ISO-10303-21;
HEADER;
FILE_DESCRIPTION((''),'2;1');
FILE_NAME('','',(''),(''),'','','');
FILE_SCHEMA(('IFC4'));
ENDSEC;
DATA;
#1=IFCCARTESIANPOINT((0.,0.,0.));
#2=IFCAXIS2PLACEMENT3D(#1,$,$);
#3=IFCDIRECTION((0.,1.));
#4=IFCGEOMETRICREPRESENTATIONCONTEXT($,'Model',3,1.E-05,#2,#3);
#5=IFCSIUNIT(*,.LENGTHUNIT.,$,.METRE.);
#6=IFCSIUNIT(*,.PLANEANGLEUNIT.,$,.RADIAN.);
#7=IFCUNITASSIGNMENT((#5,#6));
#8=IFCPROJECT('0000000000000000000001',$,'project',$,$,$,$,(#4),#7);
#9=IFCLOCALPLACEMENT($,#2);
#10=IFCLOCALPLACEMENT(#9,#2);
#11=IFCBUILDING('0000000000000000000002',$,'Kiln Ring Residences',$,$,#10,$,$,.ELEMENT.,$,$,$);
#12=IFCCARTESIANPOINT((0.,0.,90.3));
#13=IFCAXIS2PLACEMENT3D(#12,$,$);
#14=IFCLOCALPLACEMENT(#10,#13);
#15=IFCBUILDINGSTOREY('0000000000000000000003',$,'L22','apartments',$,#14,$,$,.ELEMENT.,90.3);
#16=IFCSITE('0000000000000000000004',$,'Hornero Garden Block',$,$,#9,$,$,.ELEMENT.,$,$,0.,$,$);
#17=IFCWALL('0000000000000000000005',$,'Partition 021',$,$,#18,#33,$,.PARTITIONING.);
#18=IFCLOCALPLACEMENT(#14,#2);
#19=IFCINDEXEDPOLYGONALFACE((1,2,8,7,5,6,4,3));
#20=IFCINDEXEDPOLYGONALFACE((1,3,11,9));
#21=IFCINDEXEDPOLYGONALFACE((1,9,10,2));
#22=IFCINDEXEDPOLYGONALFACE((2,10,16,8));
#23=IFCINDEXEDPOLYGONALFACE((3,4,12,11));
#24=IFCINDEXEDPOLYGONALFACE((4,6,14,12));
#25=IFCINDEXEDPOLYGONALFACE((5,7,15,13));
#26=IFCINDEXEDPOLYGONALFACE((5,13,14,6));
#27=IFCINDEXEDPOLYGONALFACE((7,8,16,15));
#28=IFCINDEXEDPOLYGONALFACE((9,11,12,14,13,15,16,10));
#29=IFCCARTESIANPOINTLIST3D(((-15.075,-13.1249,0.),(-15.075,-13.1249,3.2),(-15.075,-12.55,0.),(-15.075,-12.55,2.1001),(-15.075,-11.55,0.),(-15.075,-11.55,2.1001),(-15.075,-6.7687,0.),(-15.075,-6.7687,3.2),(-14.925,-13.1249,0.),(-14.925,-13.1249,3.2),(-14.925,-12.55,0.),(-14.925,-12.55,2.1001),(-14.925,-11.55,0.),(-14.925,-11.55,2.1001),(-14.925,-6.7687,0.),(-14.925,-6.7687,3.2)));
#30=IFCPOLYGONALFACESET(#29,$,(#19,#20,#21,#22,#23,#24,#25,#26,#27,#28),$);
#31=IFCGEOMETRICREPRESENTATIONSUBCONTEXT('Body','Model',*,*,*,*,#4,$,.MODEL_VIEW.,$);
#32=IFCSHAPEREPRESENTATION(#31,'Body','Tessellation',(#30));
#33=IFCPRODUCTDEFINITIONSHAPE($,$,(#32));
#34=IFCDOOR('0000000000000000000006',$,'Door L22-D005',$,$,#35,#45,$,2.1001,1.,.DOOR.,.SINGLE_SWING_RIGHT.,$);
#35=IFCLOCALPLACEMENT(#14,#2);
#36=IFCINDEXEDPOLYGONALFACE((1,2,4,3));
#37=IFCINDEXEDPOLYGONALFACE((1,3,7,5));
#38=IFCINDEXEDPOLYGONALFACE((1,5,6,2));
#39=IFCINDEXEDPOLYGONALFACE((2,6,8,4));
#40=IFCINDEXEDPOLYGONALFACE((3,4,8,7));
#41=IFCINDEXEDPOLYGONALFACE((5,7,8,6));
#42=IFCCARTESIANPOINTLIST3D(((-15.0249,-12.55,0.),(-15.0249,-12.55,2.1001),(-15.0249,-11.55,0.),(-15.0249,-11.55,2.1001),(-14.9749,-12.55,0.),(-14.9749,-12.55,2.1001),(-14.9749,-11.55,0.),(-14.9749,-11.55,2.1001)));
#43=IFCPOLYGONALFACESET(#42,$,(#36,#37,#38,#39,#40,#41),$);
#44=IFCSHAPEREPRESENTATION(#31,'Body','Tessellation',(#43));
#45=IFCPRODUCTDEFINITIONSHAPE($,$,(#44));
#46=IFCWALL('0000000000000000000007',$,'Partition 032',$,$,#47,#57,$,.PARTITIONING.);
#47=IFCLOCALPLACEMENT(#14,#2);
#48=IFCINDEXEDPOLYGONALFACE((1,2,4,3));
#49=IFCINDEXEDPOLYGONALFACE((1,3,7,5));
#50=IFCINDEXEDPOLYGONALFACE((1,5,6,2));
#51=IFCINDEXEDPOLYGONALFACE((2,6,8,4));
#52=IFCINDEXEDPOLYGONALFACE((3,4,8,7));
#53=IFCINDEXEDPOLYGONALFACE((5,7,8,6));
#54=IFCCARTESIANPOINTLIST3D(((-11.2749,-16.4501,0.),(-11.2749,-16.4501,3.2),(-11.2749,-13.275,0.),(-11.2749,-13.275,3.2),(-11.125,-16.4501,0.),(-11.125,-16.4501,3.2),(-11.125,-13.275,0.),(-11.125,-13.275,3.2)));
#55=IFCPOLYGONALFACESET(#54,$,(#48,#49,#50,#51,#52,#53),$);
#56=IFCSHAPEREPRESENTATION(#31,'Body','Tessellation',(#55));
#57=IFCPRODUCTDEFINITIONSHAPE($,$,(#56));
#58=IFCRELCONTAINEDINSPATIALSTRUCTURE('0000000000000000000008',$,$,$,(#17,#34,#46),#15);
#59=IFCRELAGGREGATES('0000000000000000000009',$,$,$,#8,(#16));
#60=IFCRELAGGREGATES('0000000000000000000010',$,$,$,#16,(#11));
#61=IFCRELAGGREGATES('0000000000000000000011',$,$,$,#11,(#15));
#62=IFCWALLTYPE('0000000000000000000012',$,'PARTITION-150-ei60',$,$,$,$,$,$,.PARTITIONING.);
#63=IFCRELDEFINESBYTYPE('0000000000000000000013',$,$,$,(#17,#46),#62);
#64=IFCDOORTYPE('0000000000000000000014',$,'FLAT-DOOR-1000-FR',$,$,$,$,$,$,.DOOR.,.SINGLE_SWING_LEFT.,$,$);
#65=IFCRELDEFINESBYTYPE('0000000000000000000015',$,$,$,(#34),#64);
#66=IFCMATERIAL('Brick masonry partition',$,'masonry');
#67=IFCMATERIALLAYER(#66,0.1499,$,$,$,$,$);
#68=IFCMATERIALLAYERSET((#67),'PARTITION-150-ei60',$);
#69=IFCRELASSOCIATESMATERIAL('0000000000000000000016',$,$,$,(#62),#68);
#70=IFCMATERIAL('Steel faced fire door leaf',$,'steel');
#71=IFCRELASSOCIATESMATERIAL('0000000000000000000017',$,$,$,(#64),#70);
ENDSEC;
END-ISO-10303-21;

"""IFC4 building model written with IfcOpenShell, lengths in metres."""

from ifc_helpers import new_model, si_unit, direction, frame, frame_2d, origin, place, context, subcontext, project, spatial, rectangle, extrude, material, layer, layer_set, type_object, element, fill, save


model = new_model("IFC4")

# Units and contexts
model_context = context("Model", 3, precision=1e-05, world=origin(), true_north=direction((0.0, 1.0)))
body_context = subcontext(model_context, "Body", "Model", "MODEL_VIEW")
ifc_project = project(units=[si_unit("LENGTHUNIT", "METRE"), si_unit("PLANEANGLEUNIT", "RADIAN")], contexts=[model_context])

# Site, building, storey
site_placement = place(None, origin())
site = spatial("IfcSite", under=ifc_project, at=site_placement, Name="Hornero Garden Block", CompositionType="ELEMENT", RefElevation=0.0)
building_placement = place(site_placement, origin())
building = spatial("IfcBuilding", under=site, at=building_placement, Name="Kiln Ring Residences", CompositionType="ELEMENT")
storey_placement = place(building_placement, frame((0.0, 0.0, 90.3)))
storey = spatial("IfcBuildingStorey", under=building, at=storey_placement, Name="L22", Description="apartments", CompositionType="ELEMENT", Elevation=90.3)

# Shared definitions
ifc_material_1 = material(Name="Brick masonry partition", Category="masonry")
ifc_layer_1 = layer(ifc_material_1, 0.1499)
ifc_layer_set_1 = layer_set([ifc_layer_1], Name="PARTITION-150-ei60")
wall_type_1 = type_object("IfcWallType", Name="PARTITION-150-ei60", PredefinedType="PARTITIONING", material=ifc_layer_set_1)
ifc_material_2 = material(Name="Steel faced fire door leaf", Category="steel")
door_type = type_object("IfcDoorType", Name="FLAT-DOOR-1000-FR", OperationType="SINGLE_SWING_LEFT", PredefinedType="DOOR", material=ifc_material_2)

# Wall, opening, door
wall_1_placement = place(storey_placement, frame((-15.0, -13.125, 0.0), z_axis=(0.0, 0.0, 1.0), x_axis=(0.0, 1.0, 0.0)))
wall_1 = element("IfcWall", 1, at=wall_1_placement, inside=storey, type_object=wall_type_1, Name="Partition 021", PredefinedType="PARTITIONING", context=body_context, shape_type="SweptSolid", body=[
    extrude(rectangle(XDim=6.3562, YDim=0.1499, at=frame_2d((3.1782, 0.0))), origin(), (0.0, 0.0, 1.0), 3.2),
])
opening_1_placement = place(wall_1_placement, frame((0.575, 0.0, 0.0)))
opening_1 = element("IfcOpeningElement", 2, at=opening_1_placement, cuts=wall_1, PredefinedType="OPENING", context=body_context, shape_type="SweptSolid", body=[
    extrude(rectangle(XDim=1.0, YDim=2.1001, at=frame_2d((0.5, 1.05))), frame((0.0, 0.085, 0.0), z_axis=(0.0, -1.0, 0.0), x_axis=(1.0, 0.0, 0.0)), (0.0, 0.0, 1.0), 0.1699),
])
door_1_placement = place(opening_1_placement, origin())
door_1 = element("IfcDoor", 3, at=door_1_placement, inside=storey, type_object=door_type, Name="Door L22-D005", OperationType="SINGLE_SWING_RIGHT", OverallHeight=2.1001, OverallWidth=1.0, PredefinedType="DOOR", context=body_context, shape_type="SweptSolid", body=[
    extrude(rectangle(XDim=1.0, YDim=2.1001, at=frame_2d((0.5, 1.05))), frame((0.0, 0.0249, 0.0), z_axis=(0.0, -1.0, 0.0), x_axis=(1.0, 0.0, 0.0)), (0.0, 0.0, 1.0), 0.05),
])
fill(opening_1, door_1)

# Wall
wall_2_placement = place(storey_placement, frame((-11.2, -16.45, 0.0), z_axis=(0.0, 0.0, 1.0), x_axis=(0.0, 1.0, 0.0)))
element("IfcWall", 4, at=wall_2_placement, inside=storey, type_object=wall_type_1, Name="Partition 032", PredefinedType="PARTITIONING", context=body_context, shape_type="SweptSolid", body=[
    extrude(rectangle(XDim=3.175, YDim=0.1499, at=frame_2d((1.5874, 0.0))), origin(), (0.0, 0.0, 1.0), 3.2),
])

save(model, "model.ifc")
